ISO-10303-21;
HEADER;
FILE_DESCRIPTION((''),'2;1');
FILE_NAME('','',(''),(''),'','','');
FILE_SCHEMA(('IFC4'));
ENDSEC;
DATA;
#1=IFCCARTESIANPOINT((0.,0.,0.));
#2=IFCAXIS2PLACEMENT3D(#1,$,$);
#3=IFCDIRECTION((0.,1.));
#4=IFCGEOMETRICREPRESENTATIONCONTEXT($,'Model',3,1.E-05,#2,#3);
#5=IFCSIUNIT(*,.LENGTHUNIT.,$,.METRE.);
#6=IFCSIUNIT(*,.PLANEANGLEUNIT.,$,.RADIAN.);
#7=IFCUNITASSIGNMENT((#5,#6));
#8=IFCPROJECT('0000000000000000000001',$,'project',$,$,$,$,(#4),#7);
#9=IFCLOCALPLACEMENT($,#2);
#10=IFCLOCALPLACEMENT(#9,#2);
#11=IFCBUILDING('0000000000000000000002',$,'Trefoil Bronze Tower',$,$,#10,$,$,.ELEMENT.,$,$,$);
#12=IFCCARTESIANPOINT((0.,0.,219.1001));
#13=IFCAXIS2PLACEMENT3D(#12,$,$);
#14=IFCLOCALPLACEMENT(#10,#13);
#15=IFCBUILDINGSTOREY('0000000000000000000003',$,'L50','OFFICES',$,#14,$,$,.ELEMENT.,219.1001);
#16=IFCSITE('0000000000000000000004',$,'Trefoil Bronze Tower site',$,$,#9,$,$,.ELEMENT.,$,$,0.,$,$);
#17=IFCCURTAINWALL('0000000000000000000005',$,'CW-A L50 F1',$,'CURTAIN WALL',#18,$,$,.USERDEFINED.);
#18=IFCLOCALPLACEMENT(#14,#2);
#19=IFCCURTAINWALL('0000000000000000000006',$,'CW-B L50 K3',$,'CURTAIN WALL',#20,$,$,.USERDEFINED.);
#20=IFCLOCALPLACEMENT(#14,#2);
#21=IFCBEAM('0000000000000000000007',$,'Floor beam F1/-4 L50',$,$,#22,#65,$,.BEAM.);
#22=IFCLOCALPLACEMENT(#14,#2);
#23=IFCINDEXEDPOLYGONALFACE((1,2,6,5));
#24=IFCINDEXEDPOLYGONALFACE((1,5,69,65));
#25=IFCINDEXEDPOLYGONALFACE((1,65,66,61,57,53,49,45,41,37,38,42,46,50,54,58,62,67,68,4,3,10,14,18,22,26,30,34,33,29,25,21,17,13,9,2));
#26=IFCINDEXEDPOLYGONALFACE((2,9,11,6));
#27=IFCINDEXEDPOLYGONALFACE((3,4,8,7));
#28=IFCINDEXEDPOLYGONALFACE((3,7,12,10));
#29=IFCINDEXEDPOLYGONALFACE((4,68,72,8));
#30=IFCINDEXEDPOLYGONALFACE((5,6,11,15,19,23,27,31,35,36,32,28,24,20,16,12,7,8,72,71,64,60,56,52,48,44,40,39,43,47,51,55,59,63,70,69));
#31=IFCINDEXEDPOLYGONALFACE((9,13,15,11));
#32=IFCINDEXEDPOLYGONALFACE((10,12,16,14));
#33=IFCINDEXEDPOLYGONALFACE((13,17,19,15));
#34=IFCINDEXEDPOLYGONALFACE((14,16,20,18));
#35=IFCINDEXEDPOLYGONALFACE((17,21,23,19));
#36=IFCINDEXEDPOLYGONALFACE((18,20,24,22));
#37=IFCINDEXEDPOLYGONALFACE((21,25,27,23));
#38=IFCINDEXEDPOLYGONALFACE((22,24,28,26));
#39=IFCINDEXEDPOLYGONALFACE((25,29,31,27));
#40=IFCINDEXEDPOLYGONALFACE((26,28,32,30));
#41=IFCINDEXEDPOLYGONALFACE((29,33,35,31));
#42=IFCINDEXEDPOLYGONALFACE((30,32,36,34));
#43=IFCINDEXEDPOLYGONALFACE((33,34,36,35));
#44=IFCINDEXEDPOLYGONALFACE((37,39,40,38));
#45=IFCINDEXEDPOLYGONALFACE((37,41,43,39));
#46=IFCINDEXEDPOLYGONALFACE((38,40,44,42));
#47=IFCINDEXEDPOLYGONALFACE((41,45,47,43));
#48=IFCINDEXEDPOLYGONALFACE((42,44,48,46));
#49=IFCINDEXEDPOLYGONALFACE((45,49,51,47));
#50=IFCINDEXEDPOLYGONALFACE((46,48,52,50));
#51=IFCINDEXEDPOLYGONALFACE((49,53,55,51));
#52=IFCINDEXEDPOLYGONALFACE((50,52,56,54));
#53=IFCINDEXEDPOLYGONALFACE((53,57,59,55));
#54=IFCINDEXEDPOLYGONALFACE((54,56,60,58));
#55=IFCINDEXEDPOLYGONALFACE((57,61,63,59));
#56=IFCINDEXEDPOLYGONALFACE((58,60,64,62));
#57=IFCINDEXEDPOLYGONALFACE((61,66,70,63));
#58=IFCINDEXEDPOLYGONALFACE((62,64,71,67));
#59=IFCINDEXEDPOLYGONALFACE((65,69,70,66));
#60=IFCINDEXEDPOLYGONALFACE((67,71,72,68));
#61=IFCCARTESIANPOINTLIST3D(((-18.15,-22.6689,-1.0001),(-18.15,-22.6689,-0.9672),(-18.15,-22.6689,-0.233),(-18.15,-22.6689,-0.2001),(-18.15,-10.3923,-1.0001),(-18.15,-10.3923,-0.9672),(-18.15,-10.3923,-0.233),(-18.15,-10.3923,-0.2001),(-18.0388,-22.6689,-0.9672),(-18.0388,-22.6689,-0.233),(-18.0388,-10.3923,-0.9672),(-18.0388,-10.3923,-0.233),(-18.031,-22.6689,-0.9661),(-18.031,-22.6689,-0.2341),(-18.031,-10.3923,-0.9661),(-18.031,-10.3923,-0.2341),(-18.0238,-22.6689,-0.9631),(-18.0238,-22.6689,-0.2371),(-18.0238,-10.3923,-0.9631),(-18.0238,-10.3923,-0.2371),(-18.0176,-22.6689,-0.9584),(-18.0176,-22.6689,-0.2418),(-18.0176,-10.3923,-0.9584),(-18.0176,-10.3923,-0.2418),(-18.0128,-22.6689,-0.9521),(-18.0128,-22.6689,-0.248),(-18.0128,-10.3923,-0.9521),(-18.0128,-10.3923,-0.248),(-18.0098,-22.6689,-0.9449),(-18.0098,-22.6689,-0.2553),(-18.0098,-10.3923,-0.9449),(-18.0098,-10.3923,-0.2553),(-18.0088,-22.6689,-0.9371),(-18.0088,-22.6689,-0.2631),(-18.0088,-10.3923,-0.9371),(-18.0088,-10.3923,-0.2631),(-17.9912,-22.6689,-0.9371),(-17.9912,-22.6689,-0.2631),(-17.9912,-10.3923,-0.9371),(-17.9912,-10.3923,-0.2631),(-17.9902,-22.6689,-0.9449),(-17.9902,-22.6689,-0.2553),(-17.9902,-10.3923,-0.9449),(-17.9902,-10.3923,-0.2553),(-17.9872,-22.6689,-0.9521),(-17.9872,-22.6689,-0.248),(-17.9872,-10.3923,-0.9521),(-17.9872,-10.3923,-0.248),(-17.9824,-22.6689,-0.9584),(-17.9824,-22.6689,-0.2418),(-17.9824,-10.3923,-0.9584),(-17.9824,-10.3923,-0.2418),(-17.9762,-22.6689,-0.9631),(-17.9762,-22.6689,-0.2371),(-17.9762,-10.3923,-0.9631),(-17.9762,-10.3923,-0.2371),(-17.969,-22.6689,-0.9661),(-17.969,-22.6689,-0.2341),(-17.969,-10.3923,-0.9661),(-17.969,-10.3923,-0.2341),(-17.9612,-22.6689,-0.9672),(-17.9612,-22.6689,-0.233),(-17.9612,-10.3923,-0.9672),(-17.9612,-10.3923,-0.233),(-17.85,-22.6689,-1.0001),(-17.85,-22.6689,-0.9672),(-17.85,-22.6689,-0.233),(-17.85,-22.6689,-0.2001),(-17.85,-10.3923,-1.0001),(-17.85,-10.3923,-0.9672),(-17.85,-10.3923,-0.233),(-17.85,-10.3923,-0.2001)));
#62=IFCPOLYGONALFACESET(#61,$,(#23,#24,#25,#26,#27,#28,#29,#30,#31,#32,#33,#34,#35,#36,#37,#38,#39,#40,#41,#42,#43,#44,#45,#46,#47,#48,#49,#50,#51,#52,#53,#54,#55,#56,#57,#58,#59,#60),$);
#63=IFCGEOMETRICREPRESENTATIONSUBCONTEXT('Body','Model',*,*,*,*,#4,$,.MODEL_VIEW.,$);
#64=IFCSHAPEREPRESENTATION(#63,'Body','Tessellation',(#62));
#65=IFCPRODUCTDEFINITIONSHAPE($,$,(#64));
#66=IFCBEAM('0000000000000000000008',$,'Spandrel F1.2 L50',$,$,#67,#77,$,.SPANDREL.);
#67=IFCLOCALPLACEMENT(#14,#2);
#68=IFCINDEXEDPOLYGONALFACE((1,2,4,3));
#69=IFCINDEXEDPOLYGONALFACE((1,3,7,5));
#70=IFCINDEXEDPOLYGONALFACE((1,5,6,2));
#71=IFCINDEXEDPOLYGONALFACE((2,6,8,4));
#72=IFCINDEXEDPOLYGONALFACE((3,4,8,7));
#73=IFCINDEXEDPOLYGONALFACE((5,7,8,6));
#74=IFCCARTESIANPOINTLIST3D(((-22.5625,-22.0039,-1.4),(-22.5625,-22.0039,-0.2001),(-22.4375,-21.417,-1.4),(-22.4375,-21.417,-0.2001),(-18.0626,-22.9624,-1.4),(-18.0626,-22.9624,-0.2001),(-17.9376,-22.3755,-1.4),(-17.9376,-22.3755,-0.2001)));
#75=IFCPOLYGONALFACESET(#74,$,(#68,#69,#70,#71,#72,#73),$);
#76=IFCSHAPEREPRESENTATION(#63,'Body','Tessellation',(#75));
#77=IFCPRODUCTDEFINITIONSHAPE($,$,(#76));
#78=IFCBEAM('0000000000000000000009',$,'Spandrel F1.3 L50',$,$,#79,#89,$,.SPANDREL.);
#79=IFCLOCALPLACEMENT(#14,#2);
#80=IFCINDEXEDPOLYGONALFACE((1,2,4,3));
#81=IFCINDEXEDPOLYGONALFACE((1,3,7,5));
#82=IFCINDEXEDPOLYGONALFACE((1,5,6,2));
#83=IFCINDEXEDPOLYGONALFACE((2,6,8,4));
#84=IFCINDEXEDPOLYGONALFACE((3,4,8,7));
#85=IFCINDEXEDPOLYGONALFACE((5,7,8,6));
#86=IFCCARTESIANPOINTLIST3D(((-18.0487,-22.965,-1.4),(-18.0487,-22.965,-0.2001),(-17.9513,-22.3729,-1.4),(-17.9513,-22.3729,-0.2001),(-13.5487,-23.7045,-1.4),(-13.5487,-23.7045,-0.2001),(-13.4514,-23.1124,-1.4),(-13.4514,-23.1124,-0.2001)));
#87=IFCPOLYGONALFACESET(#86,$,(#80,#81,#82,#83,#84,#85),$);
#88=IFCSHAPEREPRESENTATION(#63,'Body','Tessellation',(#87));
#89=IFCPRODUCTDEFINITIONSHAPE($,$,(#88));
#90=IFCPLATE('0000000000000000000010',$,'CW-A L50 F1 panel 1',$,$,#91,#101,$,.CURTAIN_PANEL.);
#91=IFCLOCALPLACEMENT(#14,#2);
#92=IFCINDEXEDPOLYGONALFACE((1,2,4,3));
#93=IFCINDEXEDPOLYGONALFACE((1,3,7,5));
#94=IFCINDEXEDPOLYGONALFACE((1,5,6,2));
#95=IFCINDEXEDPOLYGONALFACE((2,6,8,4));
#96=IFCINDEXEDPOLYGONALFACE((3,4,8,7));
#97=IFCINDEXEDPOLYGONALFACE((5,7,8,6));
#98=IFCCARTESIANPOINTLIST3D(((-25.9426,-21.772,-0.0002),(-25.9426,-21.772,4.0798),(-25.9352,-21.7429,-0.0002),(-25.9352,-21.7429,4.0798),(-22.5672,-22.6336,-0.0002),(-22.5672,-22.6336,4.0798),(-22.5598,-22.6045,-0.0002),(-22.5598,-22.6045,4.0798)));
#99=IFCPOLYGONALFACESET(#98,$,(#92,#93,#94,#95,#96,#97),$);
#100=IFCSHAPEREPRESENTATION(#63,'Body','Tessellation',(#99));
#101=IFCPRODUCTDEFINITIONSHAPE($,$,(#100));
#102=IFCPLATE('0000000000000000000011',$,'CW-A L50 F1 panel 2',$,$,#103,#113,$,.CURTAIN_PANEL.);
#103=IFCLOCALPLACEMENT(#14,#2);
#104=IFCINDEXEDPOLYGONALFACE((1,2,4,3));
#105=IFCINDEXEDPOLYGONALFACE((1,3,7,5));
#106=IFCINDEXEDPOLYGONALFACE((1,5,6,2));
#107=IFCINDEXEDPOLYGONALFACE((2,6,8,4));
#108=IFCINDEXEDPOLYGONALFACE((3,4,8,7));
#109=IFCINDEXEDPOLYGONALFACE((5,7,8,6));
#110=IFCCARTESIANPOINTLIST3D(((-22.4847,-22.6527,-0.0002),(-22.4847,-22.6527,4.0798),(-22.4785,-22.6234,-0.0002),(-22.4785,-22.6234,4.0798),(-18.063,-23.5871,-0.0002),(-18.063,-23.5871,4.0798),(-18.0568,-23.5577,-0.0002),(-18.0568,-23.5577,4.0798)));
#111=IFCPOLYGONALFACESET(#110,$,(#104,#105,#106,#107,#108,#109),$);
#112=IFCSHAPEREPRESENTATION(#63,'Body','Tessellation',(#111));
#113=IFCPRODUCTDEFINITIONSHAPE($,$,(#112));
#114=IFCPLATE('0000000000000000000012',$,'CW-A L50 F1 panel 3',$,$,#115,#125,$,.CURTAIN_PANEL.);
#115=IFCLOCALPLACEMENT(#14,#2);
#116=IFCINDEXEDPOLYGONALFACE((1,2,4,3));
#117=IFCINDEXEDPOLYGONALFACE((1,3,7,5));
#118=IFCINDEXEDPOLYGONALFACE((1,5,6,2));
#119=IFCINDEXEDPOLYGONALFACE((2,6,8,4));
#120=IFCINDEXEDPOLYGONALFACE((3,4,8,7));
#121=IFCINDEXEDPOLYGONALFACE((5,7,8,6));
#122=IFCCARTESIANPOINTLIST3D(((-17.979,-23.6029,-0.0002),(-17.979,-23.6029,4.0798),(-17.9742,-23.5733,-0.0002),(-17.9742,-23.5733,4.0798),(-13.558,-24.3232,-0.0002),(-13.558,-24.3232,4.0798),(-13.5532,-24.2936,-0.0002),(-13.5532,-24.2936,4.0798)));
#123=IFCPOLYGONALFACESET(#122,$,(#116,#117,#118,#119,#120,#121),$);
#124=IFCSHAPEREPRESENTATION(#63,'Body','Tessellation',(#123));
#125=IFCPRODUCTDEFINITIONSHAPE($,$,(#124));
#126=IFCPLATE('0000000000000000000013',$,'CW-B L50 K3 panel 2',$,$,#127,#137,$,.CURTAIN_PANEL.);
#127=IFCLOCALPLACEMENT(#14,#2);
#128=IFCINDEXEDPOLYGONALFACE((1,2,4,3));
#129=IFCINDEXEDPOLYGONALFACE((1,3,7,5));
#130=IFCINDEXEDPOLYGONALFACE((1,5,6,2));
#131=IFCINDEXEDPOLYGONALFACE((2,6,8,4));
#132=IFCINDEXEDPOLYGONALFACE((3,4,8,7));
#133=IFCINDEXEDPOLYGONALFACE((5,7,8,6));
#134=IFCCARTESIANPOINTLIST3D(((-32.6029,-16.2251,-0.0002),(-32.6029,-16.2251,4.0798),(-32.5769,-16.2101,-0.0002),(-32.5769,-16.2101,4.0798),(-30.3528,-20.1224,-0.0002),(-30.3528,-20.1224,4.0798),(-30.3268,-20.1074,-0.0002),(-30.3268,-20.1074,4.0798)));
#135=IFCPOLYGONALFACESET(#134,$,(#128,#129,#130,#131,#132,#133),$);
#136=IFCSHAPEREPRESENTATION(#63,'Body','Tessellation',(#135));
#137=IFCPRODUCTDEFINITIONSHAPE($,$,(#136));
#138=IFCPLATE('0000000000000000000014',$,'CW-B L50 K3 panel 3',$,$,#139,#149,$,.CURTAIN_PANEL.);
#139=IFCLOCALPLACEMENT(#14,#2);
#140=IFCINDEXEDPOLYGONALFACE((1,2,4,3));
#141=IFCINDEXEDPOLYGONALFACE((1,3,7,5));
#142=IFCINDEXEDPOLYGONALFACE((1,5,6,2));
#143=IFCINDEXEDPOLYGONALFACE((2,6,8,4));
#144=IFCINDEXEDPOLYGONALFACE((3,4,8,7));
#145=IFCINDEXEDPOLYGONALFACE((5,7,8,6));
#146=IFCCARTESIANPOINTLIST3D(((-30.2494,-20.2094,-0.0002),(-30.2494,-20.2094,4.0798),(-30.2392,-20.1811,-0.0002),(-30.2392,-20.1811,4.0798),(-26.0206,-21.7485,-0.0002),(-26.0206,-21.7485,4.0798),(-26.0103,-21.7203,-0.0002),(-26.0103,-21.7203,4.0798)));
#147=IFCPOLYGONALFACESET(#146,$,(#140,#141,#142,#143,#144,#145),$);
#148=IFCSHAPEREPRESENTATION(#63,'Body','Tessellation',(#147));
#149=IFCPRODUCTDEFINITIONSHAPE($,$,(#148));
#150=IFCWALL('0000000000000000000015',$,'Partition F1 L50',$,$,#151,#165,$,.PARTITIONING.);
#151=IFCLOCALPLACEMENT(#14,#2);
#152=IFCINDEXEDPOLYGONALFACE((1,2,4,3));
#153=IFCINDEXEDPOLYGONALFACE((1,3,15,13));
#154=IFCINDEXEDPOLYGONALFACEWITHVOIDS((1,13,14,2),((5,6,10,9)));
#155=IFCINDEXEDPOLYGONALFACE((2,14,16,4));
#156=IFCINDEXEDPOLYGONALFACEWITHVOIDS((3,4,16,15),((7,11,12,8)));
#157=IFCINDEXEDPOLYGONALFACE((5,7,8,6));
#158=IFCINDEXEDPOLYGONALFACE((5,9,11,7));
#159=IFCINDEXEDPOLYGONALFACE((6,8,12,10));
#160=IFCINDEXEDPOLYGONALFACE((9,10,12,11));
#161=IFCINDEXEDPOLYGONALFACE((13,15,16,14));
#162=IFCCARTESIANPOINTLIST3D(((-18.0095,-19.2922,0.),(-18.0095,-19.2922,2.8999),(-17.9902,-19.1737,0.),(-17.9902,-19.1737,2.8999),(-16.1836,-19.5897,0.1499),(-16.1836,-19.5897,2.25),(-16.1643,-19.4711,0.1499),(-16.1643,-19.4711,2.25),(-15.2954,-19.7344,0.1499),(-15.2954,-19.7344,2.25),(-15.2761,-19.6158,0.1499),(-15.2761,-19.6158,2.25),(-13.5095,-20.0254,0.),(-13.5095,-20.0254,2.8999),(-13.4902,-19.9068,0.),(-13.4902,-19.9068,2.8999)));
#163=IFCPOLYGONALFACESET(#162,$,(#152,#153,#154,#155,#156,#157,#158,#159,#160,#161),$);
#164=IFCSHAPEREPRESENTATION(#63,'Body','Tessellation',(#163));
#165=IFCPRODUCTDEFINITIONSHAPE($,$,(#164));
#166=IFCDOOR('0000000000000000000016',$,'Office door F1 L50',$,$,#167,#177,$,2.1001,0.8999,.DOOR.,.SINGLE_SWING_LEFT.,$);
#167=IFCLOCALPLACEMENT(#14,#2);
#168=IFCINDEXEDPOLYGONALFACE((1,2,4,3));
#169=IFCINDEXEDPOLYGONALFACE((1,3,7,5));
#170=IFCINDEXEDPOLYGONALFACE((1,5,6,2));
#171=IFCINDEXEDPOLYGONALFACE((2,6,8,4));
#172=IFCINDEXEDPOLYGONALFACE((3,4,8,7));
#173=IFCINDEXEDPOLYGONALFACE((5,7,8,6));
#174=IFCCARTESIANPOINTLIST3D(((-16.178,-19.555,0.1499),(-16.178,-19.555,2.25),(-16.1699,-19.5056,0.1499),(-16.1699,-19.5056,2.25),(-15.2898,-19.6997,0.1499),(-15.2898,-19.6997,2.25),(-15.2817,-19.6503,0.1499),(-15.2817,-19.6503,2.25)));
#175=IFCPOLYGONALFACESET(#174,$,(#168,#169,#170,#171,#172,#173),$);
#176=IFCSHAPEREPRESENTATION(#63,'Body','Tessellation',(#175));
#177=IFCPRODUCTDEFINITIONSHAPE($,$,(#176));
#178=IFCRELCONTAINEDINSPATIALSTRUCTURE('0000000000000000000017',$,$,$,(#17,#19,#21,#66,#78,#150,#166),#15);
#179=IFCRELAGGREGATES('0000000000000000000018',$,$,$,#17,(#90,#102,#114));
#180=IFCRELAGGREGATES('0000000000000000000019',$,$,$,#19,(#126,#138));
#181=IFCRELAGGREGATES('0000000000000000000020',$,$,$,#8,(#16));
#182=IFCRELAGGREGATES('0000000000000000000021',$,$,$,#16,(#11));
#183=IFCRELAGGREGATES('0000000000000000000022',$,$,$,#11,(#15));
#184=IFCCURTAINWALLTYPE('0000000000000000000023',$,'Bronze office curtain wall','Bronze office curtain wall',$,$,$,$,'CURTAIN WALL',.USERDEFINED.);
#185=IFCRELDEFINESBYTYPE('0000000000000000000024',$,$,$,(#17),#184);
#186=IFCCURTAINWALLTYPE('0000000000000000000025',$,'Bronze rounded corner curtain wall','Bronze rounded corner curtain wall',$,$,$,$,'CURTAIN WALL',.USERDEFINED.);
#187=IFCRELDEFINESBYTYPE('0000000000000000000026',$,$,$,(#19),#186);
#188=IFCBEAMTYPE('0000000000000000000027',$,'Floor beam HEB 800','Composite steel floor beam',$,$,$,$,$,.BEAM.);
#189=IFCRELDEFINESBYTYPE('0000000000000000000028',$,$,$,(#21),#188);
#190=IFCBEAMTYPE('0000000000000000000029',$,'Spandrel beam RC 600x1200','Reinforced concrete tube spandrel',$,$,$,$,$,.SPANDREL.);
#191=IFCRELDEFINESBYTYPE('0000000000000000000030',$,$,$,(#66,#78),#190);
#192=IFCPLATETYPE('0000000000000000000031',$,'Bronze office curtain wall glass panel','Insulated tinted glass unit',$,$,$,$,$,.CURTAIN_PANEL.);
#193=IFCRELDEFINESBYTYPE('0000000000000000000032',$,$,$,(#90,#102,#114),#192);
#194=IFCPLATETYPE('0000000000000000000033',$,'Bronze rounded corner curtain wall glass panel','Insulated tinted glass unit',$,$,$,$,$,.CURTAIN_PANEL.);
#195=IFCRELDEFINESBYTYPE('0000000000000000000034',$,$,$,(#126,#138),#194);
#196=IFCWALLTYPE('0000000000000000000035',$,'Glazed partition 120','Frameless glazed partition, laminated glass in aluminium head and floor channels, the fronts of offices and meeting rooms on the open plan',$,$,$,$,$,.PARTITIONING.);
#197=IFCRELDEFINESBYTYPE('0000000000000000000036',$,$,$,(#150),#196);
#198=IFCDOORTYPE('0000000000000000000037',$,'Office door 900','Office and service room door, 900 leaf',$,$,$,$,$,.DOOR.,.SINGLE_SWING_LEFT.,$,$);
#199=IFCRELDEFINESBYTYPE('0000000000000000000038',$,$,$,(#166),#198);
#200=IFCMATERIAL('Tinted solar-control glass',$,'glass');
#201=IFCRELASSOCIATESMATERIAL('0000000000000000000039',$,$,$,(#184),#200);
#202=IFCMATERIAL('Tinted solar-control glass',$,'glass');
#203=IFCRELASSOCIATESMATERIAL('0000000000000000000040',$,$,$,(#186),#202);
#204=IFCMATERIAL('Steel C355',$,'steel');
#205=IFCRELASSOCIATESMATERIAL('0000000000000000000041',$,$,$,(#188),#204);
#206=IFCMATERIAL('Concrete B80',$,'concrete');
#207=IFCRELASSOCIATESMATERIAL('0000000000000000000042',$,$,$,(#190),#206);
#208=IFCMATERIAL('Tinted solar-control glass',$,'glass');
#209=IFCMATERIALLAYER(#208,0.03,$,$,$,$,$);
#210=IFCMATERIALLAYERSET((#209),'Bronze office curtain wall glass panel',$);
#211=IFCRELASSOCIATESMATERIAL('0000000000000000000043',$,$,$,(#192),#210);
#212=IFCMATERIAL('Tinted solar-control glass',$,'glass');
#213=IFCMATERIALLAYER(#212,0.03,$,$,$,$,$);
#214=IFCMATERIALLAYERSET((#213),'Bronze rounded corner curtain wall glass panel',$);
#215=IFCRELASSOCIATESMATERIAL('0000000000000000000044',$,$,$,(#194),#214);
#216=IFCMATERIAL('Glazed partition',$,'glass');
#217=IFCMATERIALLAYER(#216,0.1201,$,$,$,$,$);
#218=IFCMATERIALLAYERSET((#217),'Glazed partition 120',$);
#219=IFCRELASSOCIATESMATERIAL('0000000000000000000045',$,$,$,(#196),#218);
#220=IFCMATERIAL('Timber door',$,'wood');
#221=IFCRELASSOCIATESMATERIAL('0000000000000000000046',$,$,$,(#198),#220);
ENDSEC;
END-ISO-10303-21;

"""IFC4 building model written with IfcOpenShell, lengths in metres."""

from ifc_helpers import new_model, si_unit, direction, frame, frame_2d, origin, origin_2d, place, context, subcontext, project, spatial, rectangle, i_section, extrude, material, layer, layer_set, material_profile, profile_set, type_object, element, fill, aggregate, save


model = new_model("IFC4")

# Units and contexts
model_context = context("Model", 3, precision=1e-05, world=origin(), true_north=direction((0.0, 1.0)))
body_context = subcontext(model_context, "Body", "Model", "MODEL_VIEW")
ifc_project = project(units=[si_unit("LENGTHUNIT", "METRE"), si_unit("PLANEANGLEUNIT", "RADIAN")], contexts=[model_context])

# Site, building, storey
site_placement = place(None, origin())
site = spatial("IfcSite", under=ifc_project, at=site_placement, Name="Trefoil Bronze Tower site", CompositionType="ELEMENT", RefElevation=0.0)
building_placement = place(site_placement, origin())
building = spatial("IfcBuilding", under=site, at=building_placement, Name="Trefoil Bronze Tower", CompositionType="ELEMENT")
storey_placement = place(building_placement, frame((0.0, 0.0, 219.1001)))
storey = spatial("IfcBuildingStorey", under=building, at=storey_placement, Name="L50", Description="OFFICES", CompositionType="ELEMENT", Elevation=219.1001)

# Curtain walls
ifc_material_1 = material(Name="Tinted solar-control glass", Category="glass")
curtain_wall_type_1 = type_object("IfcCurtainWallType", Name="Bronze office curtain wall", Description="Bronze office curtain wall", ElementType="CURTAIN WALL", PredefinedType="USERDEFINED", material=ifc_material_1)
curtain_wall_1_placement = place(storey_placement, origin())
curtain_wall_1 = element("IfcCurtainWall", 1, at=curtain_wall_1_placement, inside=storey, type_object=curtain_wall_type_1, Name="CW-A L50 F1", ObjectType="CURTAIN WALL", PredefinedType="USERDEFINED")
ifc_material_2 = material(Name="Tinted solar-control glass", Category="glass")
curtain_wall_type_2 = type_object("IfcCurtainWallType", Name="Bronze rounded corner curtain wall", Description="Bronze rounded corner curtain wall", ElementType="CURTAIN WALL", PredefinedType="USERDEFINED", material=ifc_material_2)
curtain_wall_2_placement = place(storey_placement, origin())
curtain_wall_2 = element("IfcCurtainWall", 2, at=curtain_wall_2_placement, inside=storey, type_object=curtain_wall_type_2, Name="CW-B L50 K3", ObjectType="CURTAIN WALL", PredefinedType="USERDEFINED")

# Beams
ifc_material_3 = material(Name="Steel C355", Category="steel")
ifc_material_profile_1 = material_profile(ifc_material_3, i_section(OverallWidth=0.3, OverallDepth=0.8, WebThickness=0.0176, FlangeThickness=0.033, FilletRadius=0.03, at=origin_2d()), Name="HEB 800")
ifc_profile_set_1 = profile_set([ifc_material_profile_1], Name="Steel C355")
beam_type_1 = type_object("IfcBeamType", Name="Floor beam HEB 800", Description="Composite steel floor beam", PredefinedType="BEAM", material=ifc_profile_set_1)
beam_1_placement = place(storey_placement, frame((-18.0, -22.6689, -0.6001), z_axis=(0.0, 1.0, 0.0), x_axis=(-1.0, 0.0, 0.0)))
element("IfcBeam", 3, at=beam_1_placement, inside=storey, type_object=beam_type_1, Name="Floor beam F1/-4 L50", PredefinedType="BEAM", context=body_context, shape_type="SweptSolid", body=[
    extrude(i_section(OverallWidth=0.3, OverallDepth=0.8, WebThickness=0.0176, FlangeThickness=0.033, FilletRadius=0.03, at=origin_2d()), origin(), (0.0, 0.0, 1.0), 12.2766),
])
ifc_material_4 = material(Name="Concrete B80", Category="concrete")
ifc_material_profile_2 = material_profile(ifc_material_4, rectangle(XDim=0.6001, YDim=1.2, at=origin_2d()), Name="RC 600x1200")
ifc_profile_set_2 = profile_set([ifc_material_profile_2], Name="Concrete B80")
beam_type_2 = type_object("IfcBeamType", Name="Spandrel beam RC 600x1200", Description="Reinforced concrete tube spandrel", PredefinedType="SPANDREL", material=ifc_profile_set_2)
beam_2_placement = place(storey_placement, frame((-22.5, -21.7104, -0.8), z_axis=(0.978059, -0.208326, 0.0), x_axis=(0.208326, 0.978059, 0.0)))
element("IfcBeam", 4, at=beam_2_placement, inside=storey, type_object=beam_type_2, Name="Spandrel F1.2 L50", PredefinedType="SPANDREL", context=body_context, shape_type="SweptSolid", body=[
    extrude(rectangle(XDim=0.6001, YDim=1.2, at=origin_2d()), origin(), (0.0, 0.0, 1.0), 4.6008),
])
beam_3_placement = place(storey_placement, frame((-18.0, -22.6689, -0.8), z_axis=(0.986765, -0.162159, 0.0), x_axis=(0.162159, 0.986765, 0.0)))
element("IfcBeam", 5, at=beam_3_placement, inside=storey, type_object=beam_type_2, Name="Spandrel F1.3 L50", PredefinedType="SPANDREL", context=body_context, shape_type="SweptSolid", body=[
    extrude(rectangle(XDim=0.6001, YDim=1.2, at=origin_2d()), origin(), (0.0, 0.0, 1.0), 4.5603),
])

# Plates
ifc_material_5 = material(Name="Tinted solar-control glass", Category="glass")
ifc_layer_1 = layer(ifc_material_5, 0.03)
ifc_layer_set_1 = layer_set([ifc_layer_1], Name="Bronze office curtain wall glass panel")
plate_type_1 = type_object("IfcPlateType", Name="Bronze office curtain wall glass panel", Description="Insulated tinted glass unit", PredefinedType="CURTAIN_PANEL", material=ifc_layer_set_1)
plate_1_placement = place(storey_placement, frame((-24.2512, -22.1882, -0.0002), z_axis=(0.0, 0.0, 1.0), x_axis=(0.968934, -0.247319, 0.0)))
plate_1 = element("IfcPlate", 6, at=plate_1_placement, type_object=plate_type_1, Name="CW-A L50 F1 panel 1", PredefinedType="CURTAIN_PANEL", context=body_context, shape_type="SweptSolid", body=[
    extrude(rectangle(XDim=3.4836, YDim=0.03, at=origin_2d()), origin(), (0.0, 0.0, 1.0), 4.0801),
])
plate_2_placement = place(storey_placement, frame((-20.2708, -23.1052, -0.0002), z_axis=(0.0, 0.0, 1.0), x_axis=(0.978394, -0.206747, 0.0)))
plate_2 = element("IfcPlate", 7, at=plate_2_placement, type_object=plate_type_1, Name="CW-A L50 F1 panel 2", PredefinedType="CURTAIN_PANEL", context=body_context, shape_type="SweptSolid", body=[
    extrude(rectangle(XDim=4.5193, YDim=0.03, at=origin_2d()), origin(), (0.0, 0.0, 1.0), 4.0801),
])
plate_3_placement = place(storey_placement, frame((-15.7661, -23.9482, -0.0002), z_axis=(0.0, 0.0, 1.0), x_axis=(0.986987, -0.160803, 0.0)))
plate_3 = element("IfcPlate", 8, at=plate_3_placement, type_object=plate_type_1, Name="CW-A L50 F1 panel 3", PredefinedType="CURTAIN_PANEL", context=body_context, shape_type="SweptSolid", body=[
    extrude(rectangle(XDim=4.4792, YDim=0.03, at=origin_2d()), origin(), (0.0, 0.0, 1.0), 4.0801),
])
aggregate(curtain_wall_1, [plate_1, plate_2, plate_3])
ifc_material_6 = material(Name="Tinted solar-control glass", Category="glass")
ifc_layer_2 = layer(ifc_material_6, 0.03)
ifc_layer_set_2 = layer_set([ifc_layer_2], Name="Bronze rounded corner curtain wall glass panel")
plate_type_2 = type_object("IfcPlateType", Name="Bronze rounded corner curtain wall glass panel", Description="Insulated tinted glass unit", PredefinedType="CURTAIN_PANEL", material=ifc_layer_set_2)
plate_4_placement = place(storey_placement, frame((-31.4648, -18.1663, -0.0002), z_axis=(0.0, 0.0, 1.0), x_axis=(0.5, -0.866025, 0.0)))
plate_4 = element("IfcPlate", 9, at=plate_4_placement, type_object=plate_type_2, Name="CW-B L50 K3 panel 2", PredefinedType="CURTAIN_PANEL", context=body_context, shape_type="SweptSolid", body=[
    extrude(rectangle(XDim=4.5002, YDim=0.03, at=origin_2d()), origin(), (0.0, 0.0, 1.0), 4.0801),
])
plate_5_placement = place(storey_placement, frame((-28.1299, -20.9648, -0.0002), z_axis=(0.0, 0.0, 1.0), x_axis=(0.939693, -0.34202, 0.0)))
plate_5 = element("IfcPlate", 10, at=plate_5_placement, type_object=plate_type_2, Name="CW-B L50 K3 panel 3", PredefinedType="CURTAIN_PANEL", context=body_context, shape_type="SweptSolid", body=[
    extrude(rectangle(XDim=4.5002, YDim=0.03, at=origin_2d()), origin(), (0.0, 0.0, 1.0), 4.0801),
])
aggregate(curtain_wall_2, [plate_4, plate_5])

# Wall, opening, door
ifc_material_7 = material(Name="Glazed partition", Category="glass")
ifc_layer_3 = layer(ifc_material_7, 0.1201)
ifc_layer_set_3 = layer_set([ifc_layer_3], Name="Glazed partition 120")
wall_type_1 = type_object("IfcWallType", Name="Glazed partition 120", Description="Frameless glazed partition, laminated glass in aluminium head and floor channels, the fronts of offices and meeting rooms on the open plan", PredefinedType="PARTITIONING", material=ifc_layer_set_3)
wall_1_placement = place(storey_placement, frame((-18.0, -19.2329, 0.0), z_axis=(0.0, 0.0, 1.0), x_axis=(0.986987, -0.160803, 0.0)))
wall_1 = element("IfcWall", 11, at=wall_1_placement, inside=storey, type_object=wall_type_1, Name="Partition F1 L50", PredefinedType="PARTITIONING", context=body_context, shape_type="SweptSolid", body=[
    extrude(rectangle(XDim=4.5593, YDim=0.1201, at=frame_2d((2.2798, 0.0))), origin(), (0.0, 0.0, 1.0), 2.8999),
])
opening_placement = place(wall_1_placement, frame((1.8501, 0.0, 0.1499)))
opening = element("IfcOpeningElement", 12, at=opening_placement, cuts=wall_1, PredefinedType="OPENING", context=body_context, shape_type="SweptSolid", body=[
    extrude(rectangle(XDim=0.8999, YDim=2.1001, at=frame_2d((0.45, 1.05))), frame((0.0, 0.0701, 0.0), z_axis=(0.0, -1.0, 0.0), x_axis=(1.0, 0.0, 0.0)), (0.0, 0.0, 1.0), 0.1401),
])
ifc_material_8 = material(Name="Timber door", Category="wood")
door_type = type_object("IfcDoorType", Name="Office door 900", Description="Office and service room door, 900 leaf", OperationType="SINGLE_SWING_LEFT", PredefinedType="DOOR", material=ifc_material_8)
door_placement = place(opening_placement, frame((0.8999, 0.0, 0.0), z_axis=(0.0, 0.0, 1.0), x_axis=(-1.0, 0.0, 0.0)))
door = element("IfcDoor", 13, at=door_placement, inside=storey, type_object=door_type, Name="Office door F1 L50", OperationType="SINGLE_SWING_LEFT", OverallHeight=2.1001, OverallWidth=0.8999, PredefinedType="DOOR", context=body_context, shape_type="SweptSolid", body=[
    extrude(rectangle(XDim=0.8999, YDim=2.1001, at=frame_2d((0.45, 1.05))), frame((0.0, 0.0249, 0.0), z_axis=(0.0, -1.0, 0.0), x_axis=(1.0, 0.0, 0.0)), (0.0, 0.0, 1.0), 0.05),
])
fill(opening, door)

save(model, "model.ifc")
